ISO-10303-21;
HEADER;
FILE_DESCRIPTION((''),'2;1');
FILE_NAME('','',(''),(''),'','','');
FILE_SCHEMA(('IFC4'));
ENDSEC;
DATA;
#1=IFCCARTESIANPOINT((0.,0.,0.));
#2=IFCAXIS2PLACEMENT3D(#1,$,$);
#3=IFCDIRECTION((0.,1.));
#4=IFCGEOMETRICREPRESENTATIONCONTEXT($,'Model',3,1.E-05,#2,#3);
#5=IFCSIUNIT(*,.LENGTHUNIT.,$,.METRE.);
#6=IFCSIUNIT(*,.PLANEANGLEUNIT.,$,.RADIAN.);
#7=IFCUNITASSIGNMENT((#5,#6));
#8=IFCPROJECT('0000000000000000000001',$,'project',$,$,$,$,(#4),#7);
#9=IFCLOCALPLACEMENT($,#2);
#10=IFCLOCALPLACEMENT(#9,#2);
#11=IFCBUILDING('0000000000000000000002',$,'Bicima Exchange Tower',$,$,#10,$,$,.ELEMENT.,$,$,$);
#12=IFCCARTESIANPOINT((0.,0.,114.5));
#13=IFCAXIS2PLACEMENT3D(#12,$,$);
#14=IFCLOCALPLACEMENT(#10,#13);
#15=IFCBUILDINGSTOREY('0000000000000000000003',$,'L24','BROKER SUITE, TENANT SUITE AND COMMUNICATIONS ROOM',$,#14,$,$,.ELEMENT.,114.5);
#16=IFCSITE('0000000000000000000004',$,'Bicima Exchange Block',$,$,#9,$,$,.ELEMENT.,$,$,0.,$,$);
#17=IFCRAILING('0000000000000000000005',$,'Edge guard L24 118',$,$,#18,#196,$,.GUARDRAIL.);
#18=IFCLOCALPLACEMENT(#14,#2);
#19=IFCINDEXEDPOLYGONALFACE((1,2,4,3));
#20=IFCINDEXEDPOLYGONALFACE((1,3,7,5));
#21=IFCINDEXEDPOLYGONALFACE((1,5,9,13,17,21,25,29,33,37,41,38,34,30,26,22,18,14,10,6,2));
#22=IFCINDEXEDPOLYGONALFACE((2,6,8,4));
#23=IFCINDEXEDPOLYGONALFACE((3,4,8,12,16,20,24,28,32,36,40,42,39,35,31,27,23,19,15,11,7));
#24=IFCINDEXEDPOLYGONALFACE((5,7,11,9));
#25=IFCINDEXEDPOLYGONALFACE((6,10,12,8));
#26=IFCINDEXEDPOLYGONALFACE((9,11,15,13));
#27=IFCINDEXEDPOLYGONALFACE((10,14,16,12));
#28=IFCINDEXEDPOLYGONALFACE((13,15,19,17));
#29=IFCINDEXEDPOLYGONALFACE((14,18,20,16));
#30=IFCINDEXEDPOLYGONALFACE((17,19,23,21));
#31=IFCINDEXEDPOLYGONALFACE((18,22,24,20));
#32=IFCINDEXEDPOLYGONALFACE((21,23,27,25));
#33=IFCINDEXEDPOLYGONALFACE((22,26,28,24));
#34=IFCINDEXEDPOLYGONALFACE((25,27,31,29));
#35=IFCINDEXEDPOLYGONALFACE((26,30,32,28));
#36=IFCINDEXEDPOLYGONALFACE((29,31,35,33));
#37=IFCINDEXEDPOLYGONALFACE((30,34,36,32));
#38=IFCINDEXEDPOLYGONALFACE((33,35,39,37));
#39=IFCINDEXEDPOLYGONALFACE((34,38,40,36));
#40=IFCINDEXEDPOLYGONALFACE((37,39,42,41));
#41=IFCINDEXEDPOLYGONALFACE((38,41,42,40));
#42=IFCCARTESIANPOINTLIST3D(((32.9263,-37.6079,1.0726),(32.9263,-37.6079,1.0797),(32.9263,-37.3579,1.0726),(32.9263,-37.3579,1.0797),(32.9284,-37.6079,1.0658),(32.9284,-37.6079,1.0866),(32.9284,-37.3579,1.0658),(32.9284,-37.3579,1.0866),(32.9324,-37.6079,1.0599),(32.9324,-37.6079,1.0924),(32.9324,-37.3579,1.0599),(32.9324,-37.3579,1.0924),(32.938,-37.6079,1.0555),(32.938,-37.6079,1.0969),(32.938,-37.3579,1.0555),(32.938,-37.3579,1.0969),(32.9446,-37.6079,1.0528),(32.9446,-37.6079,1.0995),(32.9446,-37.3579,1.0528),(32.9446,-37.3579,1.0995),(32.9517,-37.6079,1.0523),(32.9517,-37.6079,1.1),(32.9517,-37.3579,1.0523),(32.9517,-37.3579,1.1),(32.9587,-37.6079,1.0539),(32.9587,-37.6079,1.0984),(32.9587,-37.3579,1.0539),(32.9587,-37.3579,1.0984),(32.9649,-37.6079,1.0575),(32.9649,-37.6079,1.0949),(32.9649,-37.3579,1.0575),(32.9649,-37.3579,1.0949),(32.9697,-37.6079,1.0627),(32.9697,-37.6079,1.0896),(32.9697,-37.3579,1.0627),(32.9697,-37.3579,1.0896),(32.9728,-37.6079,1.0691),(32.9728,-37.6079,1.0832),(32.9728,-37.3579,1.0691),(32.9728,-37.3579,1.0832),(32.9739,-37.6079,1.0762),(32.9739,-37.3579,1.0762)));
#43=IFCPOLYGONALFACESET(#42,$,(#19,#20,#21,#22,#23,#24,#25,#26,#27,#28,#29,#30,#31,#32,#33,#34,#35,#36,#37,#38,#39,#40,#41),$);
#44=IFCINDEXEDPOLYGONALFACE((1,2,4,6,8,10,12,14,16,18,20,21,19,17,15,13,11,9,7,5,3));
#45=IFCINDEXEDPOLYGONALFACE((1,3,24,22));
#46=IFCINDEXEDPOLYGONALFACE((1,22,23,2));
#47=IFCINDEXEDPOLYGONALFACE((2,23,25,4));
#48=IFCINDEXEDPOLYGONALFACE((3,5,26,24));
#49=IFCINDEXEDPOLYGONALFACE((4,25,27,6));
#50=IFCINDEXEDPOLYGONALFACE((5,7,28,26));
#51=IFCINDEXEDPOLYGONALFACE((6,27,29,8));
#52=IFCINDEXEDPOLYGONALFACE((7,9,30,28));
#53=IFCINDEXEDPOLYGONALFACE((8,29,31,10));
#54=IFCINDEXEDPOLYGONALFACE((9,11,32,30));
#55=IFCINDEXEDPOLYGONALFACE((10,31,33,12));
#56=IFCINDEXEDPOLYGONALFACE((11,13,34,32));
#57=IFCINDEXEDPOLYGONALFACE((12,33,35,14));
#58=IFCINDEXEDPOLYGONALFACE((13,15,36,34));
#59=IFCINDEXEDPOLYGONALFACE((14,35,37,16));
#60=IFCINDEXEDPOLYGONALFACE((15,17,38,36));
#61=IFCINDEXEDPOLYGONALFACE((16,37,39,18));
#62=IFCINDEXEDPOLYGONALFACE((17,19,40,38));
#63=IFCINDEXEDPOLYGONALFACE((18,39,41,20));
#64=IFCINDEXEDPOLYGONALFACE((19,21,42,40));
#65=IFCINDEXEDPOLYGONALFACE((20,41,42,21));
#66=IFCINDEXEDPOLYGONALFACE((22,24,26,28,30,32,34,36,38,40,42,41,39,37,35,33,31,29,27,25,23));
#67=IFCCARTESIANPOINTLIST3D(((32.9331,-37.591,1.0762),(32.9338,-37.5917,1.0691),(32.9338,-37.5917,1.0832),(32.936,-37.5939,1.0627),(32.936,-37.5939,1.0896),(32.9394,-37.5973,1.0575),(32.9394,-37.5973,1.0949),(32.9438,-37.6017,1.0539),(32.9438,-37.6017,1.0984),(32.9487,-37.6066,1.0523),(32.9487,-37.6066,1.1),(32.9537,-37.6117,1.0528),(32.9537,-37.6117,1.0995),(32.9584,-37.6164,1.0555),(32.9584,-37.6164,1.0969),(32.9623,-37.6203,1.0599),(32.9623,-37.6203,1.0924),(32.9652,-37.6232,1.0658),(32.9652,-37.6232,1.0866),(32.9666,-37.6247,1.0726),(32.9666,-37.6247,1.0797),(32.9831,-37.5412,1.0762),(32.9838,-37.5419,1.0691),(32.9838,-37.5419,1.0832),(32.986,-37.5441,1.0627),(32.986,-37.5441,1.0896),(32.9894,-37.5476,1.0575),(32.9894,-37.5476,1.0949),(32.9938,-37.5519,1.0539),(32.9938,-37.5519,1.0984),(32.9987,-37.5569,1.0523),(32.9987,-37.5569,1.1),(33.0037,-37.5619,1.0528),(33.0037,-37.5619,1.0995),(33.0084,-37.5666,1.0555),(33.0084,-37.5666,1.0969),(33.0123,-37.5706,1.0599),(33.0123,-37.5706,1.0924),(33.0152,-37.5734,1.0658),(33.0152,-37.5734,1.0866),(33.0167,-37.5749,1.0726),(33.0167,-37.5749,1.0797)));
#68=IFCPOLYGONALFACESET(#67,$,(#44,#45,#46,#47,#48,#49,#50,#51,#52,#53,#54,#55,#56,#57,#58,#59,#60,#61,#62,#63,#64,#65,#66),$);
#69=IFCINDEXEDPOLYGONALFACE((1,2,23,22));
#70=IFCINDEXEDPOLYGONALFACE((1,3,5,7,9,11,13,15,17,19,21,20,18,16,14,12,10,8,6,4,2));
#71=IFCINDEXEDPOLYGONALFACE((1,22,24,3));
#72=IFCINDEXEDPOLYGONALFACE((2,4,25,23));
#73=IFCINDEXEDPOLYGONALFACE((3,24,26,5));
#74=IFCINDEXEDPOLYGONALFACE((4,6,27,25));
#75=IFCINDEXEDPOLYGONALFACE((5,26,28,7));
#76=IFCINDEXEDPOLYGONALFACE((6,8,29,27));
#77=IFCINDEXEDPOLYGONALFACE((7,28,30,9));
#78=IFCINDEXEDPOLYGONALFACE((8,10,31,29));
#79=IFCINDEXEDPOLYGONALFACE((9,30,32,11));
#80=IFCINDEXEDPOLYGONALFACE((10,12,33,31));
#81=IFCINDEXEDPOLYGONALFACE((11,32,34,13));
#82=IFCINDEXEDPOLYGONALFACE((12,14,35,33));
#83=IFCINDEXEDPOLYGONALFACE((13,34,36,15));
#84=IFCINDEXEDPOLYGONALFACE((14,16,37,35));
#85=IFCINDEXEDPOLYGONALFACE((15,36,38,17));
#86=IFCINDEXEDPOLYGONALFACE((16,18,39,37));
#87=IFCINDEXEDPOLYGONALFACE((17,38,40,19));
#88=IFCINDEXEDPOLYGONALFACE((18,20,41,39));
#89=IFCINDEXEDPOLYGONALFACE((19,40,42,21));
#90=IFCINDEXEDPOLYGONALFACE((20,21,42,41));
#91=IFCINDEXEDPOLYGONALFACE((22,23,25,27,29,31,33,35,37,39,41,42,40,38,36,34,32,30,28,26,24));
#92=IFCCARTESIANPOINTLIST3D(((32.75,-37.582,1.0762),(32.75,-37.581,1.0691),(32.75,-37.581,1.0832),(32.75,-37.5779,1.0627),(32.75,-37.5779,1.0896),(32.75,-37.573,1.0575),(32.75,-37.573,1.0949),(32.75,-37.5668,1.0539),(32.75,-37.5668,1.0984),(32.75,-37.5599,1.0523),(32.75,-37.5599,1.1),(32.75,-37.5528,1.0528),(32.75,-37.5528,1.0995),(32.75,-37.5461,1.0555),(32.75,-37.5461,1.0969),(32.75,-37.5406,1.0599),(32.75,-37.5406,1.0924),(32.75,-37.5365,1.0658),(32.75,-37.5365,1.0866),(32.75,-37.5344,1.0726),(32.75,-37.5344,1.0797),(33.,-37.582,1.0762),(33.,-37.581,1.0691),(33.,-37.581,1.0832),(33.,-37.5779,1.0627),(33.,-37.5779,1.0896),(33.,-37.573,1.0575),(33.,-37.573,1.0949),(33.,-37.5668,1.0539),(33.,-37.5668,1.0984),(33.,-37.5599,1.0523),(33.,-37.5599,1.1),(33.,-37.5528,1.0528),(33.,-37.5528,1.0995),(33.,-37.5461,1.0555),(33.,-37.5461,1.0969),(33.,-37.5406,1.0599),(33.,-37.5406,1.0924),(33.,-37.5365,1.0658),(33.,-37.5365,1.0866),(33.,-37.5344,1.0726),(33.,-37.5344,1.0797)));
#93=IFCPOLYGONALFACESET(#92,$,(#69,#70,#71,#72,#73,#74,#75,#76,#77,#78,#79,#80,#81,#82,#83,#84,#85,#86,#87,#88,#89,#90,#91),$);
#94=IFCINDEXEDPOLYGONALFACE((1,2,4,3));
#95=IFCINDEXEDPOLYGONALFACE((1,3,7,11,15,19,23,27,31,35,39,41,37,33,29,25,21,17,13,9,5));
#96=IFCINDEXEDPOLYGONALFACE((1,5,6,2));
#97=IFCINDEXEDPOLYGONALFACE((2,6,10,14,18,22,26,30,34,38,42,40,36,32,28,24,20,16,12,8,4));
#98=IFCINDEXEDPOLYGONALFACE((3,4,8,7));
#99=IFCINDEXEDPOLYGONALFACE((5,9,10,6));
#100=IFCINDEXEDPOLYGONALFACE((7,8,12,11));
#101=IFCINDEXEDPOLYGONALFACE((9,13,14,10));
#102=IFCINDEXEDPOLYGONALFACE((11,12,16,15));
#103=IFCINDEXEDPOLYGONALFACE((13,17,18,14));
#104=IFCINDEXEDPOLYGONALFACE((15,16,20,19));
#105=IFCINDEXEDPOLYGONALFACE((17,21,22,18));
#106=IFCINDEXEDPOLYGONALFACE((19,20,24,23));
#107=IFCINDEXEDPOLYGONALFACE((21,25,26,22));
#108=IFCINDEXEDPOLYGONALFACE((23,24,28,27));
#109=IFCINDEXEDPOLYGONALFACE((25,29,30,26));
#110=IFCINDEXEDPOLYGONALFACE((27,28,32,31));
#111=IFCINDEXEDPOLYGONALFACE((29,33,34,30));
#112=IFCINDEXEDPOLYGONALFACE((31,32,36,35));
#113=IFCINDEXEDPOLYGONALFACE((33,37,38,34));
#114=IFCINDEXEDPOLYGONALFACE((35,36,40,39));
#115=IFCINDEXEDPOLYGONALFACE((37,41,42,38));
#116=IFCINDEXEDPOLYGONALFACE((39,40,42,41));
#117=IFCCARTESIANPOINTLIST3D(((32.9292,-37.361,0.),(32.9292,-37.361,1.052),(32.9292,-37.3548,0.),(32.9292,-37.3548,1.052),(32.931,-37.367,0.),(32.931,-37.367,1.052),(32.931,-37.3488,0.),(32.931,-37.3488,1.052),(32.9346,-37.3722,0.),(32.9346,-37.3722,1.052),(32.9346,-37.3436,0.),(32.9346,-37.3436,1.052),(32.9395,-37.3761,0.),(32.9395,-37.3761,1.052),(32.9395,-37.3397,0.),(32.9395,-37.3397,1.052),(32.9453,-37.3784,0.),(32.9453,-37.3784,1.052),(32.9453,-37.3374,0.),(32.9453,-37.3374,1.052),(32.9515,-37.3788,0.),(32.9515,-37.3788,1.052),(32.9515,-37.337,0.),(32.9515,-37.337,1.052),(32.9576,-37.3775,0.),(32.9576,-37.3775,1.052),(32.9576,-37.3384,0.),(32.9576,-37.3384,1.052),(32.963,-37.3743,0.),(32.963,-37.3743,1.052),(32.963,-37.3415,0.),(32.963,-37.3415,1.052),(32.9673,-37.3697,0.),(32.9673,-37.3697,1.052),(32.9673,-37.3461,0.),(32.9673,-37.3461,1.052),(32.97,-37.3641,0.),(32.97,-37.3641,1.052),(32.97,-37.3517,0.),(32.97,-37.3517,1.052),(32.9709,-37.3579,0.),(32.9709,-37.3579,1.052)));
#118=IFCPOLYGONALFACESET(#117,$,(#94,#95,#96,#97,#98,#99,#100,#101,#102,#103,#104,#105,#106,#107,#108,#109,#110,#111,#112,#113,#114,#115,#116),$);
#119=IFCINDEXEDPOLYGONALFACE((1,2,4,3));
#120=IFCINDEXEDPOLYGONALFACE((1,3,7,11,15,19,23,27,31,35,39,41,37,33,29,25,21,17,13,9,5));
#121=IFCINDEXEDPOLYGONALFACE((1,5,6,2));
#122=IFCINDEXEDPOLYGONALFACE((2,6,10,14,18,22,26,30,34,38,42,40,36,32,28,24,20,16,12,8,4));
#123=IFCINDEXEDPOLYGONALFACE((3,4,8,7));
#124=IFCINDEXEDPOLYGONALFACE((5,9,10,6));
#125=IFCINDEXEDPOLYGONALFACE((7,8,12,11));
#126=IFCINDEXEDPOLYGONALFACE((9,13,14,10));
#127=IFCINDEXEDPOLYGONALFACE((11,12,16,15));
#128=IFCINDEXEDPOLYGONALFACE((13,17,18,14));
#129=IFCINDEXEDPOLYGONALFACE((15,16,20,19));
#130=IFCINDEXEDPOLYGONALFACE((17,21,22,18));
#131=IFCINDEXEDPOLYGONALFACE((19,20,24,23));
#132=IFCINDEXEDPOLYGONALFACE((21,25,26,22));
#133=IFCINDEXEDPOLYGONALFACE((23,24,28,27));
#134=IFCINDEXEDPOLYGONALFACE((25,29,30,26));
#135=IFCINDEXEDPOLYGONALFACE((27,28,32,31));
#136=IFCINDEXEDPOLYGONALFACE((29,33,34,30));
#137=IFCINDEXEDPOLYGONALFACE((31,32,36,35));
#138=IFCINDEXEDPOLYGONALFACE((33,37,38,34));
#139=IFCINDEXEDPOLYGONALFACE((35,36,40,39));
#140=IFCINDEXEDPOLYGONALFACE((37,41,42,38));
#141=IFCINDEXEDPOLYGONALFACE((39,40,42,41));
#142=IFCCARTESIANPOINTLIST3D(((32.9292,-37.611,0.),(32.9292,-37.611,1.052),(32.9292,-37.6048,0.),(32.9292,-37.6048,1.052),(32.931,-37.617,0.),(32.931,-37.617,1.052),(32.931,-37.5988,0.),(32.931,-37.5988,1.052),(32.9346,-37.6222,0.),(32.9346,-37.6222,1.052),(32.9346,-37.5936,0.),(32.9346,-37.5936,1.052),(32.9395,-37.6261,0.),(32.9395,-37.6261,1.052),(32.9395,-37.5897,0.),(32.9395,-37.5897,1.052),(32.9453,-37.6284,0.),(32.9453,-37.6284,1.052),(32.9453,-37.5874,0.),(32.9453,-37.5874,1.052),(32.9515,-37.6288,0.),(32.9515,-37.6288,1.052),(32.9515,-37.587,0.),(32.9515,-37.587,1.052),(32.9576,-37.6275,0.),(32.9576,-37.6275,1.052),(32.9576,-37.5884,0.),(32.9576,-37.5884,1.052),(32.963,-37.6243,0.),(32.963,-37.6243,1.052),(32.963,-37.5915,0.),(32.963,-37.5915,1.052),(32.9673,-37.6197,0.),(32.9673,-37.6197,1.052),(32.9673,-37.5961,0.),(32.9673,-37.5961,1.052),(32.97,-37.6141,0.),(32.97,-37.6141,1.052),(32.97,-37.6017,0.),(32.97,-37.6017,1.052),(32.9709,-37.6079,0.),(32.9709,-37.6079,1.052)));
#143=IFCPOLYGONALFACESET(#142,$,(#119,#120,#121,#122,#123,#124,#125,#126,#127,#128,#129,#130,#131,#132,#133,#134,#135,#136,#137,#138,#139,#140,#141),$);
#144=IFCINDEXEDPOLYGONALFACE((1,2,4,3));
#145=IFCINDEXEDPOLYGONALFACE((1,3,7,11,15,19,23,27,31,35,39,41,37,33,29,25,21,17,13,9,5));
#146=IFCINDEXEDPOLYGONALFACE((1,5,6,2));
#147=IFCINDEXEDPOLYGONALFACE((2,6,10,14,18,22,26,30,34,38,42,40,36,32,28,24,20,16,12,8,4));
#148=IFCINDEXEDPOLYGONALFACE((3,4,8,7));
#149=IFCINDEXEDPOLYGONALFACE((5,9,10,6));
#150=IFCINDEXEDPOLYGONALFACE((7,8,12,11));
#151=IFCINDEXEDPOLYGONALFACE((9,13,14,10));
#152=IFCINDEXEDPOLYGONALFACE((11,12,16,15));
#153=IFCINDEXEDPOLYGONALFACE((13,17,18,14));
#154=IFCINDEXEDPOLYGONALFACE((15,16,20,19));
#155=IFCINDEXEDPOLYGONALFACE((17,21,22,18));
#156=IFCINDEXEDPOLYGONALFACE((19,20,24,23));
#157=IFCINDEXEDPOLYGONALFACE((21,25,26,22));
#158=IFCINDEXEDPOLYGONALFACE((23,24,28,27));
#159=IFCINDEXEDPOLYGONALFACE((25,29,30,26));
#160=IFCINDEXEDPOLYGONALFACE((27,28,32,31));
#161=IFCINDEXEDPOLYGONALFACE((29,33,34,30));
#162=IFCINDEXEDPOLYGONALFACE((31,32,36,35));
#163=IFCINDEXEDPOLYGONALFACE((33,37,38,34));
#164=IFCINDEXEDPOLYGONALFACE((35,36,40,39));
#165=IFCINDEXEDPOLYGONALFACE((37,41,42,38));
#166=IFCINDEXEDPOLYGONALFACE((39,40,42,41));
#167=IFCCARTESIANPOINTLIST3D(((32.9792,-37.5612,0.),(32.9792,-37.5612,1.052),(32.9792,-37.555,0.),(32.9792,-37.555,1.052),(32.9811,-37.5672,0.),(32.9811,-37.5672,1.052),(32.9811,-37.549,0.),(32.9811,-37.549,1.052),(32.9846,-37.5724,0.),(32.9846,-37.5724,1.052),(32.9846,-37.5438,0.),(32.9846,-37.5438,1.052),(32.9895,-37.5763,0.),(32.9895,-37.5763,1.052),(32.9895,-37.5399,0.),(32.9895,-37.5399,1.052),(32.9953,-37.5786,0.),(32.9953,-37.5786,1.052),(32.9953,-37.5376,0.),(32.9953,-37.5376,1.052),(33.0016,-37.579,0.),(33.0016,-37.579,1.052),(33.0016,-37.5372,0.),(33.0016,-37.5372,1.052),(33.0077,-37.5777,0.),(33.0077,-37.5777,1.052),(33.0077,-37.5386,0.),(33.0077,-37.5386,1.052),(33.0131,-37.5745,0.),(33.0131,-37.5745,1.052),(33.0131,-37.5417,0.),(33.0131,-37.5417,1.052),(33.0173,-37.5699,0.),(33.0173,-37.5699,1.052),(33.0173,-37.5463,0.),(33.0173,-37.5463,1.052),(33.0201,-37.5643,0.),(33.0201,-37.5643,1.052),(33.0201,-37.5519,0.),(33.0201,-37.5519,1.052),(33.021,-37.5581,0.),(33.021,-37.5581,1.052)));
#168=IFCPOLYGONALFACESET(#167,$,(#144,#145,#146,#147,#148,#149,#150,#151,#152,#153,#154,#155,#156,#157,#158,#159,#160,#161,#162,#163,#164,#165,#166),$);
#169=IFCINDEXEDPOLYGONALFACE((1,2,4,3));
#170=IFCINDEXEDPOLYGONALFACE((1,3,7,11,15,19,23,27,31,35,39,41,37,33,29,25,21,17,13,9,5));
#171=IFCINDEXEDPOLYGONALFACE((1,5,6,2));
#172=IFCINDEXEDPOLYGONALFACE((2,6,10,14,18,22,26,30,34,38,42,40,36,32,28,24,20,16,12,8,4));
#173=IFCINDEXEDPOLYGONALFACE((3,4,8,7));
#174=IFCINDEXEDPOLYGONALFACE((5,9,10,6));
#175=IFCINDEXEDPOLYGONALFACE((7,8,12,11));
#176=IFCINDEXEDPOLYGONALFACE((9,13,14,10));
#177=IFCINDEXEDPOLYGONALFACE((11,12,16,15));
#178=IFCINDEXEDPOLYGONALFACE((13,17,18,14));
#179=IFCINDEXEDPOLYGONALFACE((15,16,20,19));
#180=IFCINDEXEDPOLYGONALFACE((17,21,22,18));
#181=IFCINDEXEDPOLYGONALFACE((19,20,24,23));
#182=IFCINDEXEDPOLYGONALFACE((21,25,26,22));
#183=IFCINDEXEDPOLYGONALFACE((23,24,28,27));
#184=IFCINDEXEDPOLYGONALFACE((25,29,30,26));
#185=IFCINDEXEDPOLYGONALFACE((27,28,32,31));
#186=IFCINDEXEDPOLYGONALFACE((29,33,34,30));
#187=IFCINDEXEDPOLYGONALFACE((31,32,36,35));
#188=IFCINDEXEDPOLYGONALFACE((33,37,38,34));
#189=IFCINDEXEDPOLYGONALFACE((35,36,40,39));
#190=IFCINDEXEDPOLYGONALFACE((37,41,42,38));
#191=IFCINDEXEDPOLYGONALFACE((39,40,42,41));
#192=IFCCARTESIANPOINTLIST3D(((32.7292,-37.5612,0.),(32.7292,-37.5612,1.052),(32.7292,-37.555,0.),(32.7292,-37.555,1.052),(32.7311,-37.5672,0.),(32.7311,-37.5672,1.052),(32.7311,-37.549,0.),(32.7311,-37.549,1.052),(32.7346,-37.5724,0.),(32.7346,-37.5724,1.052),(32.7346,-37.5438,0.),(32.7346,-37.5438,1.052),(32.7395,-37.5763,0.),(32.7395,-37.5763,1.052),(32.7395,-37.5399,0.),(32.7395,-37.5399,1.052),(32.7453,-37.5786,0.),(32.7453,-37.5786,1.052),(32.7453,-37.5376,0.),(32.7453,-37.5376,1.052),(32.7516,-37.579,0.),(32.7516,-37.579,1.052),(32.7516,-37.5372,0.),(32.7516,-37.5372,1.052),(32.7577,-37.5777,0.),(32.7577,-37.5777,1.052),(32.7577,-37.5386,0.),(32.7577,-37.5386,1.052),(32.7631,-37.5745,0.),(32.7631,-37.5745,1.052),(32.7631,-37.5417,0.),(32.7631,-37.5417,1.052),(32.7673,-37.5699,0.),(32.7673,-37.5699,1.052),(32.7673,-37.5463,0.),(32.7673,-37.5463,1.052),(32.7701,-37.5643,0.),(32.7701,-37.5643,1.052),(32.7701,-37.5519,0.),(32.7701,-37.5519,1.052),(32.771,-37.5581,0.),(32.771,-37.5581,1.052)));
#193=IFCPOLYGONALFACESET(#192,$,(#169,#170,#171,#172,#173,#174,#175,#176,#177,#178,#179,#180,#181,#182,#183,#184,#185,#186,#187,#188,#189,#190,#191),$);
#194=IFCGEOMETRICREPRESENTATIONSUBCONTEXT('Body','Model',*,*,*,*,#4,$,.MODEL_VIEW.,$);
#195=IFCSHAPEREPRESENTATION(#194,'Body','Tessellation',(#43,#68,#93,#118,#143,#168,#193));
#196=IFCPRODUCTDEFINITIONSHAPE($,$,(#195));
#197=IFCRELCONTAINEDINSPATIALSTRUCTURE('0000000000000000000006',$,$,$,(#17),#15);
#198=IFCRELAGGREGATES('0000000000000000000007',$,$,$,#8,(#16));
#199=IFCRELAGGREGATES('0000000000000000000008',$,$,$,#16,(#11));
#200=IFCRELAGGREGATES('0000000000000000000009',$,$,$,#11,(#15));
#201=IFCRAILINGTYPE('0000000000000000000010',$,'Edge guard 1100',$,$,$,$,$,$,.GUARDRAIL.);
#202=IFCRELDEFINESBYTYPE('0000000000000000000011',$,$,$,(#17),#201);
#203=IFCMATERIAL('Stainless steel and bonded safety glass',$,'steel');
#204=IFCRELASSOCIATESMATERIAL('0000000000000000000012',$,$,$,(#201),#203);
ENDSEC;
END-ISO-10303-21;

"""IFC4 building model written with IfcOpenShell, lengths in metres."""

from ifc_helpers import new_model, si_unit, direction, frame, origin, origin_2d, place, context, subcontext, project, spatial, circle, extrude, material, type_object, element, save


model = new_model("IFC4")

# Units and contexts
model_context = context("Model", 3, precision=1e-05, world=origin(), true_north=direction((0.0, 1.0)))
body_context = subcontext(model_context, "Body", "Model", "MODEL_VIEW")
ifc_project = project(units=[si_unit("LENGTHUNIT", "METRE"), si_unit("PLANEANGLEUNIT", "RADIAN")], contexts=[model_context])

# Site, building, storey
site_placement = place(None, origin())
site = spatial("IfcSite", under=ifc_project, at=site_placement, Name="Bicima Exchange Block", CompositionType="ELEMENT", RefElevation=0.0)
building_placement = place(site_placement, origin())
building = spatial("IfcBuilding", under=site, at=building_placement, Name="Bicima Exchange Tower", CompositionType="ELEMENT")
storey_placement = place(building_placement, frame((0.0, 0.0, 114.5)))
storey = spatial("IfcBuildingStorey", under=building, at=storey_placement, Name="L24", Description="BROKER SUITE, TENANT SUITE AND COMMUNICATIONS ROOM", CompositionType="ELEMENT", Elevation=114.5)

# Railing
ifc_material_1 = material(Name="Stainless steel and bonded safety glass", Category="steel")
railing_type = type_object("IfcRailingType", Name="Edge guard 1100", PredefinedType="GUARDRAIL", material=ifc_material_1)
railing_1_placement = place(storey_placement, frame((32.95, -37.3579, 0.0)))
element("IfcRailing", 1, at=railing_1_placement, inside=storey, type_object=railing_type, Name="Edge guard L24 118", PredefinedType="GUARDRAIL", context=body_context, shape_type="SweptSolid", body=[
    extrude(circle(Radius=0.0239, at=origin_2d()), frame((0.0, 0.0, 1.0762), z_axis=(0.0, -1.0, 0.0), x_axis=(1.0, 0.0, 0.0)), (0.0, 0.0, 1.0), 0.25),
    extrude(circle(Radius=0.0239, at=origin_2d()), frame((0.0, -0.25, 1.0762), z_axis=(0.708834, 0.705376, 0.0), x_axis=(-0.705376, 0.708834, 0.0)), (0.0, 0.0, 1.0), 0.0706),
    extrude(circle(Radius=0.0239, at=origin_2d()), frame((0.05, -0.2002, 1.0762), z_axis=(-1.0, 0.0, 0.0), x_axis=(0.0, -1.0, 0.0)), (0.0, 0.0, 1.0), 0.25),
    extrude(circle(Radius=0.021, at=origin_2d()), origin(), (0.0, 0.0, 1.0), 1.052),
    extrude(circle(Radius=0.021, at=origin_2d()), frame((0.0, -0.25, 0.0)), (0.0, 0.0, 1.0), 1.052),
    extrude(circle(Radius=0.021, at=origin_2d()), frame((0.05, -0.2002, 0.0)), (0.0, 0.0, 1.0), 1.052),
    extrude(circle(Radius=0.021, at=origin_2d()), frame((-0.2, -0.2002, 0.0)), (0.0, 0.0, 1.0), 1.052),
])

save(model, "model.ifc")
